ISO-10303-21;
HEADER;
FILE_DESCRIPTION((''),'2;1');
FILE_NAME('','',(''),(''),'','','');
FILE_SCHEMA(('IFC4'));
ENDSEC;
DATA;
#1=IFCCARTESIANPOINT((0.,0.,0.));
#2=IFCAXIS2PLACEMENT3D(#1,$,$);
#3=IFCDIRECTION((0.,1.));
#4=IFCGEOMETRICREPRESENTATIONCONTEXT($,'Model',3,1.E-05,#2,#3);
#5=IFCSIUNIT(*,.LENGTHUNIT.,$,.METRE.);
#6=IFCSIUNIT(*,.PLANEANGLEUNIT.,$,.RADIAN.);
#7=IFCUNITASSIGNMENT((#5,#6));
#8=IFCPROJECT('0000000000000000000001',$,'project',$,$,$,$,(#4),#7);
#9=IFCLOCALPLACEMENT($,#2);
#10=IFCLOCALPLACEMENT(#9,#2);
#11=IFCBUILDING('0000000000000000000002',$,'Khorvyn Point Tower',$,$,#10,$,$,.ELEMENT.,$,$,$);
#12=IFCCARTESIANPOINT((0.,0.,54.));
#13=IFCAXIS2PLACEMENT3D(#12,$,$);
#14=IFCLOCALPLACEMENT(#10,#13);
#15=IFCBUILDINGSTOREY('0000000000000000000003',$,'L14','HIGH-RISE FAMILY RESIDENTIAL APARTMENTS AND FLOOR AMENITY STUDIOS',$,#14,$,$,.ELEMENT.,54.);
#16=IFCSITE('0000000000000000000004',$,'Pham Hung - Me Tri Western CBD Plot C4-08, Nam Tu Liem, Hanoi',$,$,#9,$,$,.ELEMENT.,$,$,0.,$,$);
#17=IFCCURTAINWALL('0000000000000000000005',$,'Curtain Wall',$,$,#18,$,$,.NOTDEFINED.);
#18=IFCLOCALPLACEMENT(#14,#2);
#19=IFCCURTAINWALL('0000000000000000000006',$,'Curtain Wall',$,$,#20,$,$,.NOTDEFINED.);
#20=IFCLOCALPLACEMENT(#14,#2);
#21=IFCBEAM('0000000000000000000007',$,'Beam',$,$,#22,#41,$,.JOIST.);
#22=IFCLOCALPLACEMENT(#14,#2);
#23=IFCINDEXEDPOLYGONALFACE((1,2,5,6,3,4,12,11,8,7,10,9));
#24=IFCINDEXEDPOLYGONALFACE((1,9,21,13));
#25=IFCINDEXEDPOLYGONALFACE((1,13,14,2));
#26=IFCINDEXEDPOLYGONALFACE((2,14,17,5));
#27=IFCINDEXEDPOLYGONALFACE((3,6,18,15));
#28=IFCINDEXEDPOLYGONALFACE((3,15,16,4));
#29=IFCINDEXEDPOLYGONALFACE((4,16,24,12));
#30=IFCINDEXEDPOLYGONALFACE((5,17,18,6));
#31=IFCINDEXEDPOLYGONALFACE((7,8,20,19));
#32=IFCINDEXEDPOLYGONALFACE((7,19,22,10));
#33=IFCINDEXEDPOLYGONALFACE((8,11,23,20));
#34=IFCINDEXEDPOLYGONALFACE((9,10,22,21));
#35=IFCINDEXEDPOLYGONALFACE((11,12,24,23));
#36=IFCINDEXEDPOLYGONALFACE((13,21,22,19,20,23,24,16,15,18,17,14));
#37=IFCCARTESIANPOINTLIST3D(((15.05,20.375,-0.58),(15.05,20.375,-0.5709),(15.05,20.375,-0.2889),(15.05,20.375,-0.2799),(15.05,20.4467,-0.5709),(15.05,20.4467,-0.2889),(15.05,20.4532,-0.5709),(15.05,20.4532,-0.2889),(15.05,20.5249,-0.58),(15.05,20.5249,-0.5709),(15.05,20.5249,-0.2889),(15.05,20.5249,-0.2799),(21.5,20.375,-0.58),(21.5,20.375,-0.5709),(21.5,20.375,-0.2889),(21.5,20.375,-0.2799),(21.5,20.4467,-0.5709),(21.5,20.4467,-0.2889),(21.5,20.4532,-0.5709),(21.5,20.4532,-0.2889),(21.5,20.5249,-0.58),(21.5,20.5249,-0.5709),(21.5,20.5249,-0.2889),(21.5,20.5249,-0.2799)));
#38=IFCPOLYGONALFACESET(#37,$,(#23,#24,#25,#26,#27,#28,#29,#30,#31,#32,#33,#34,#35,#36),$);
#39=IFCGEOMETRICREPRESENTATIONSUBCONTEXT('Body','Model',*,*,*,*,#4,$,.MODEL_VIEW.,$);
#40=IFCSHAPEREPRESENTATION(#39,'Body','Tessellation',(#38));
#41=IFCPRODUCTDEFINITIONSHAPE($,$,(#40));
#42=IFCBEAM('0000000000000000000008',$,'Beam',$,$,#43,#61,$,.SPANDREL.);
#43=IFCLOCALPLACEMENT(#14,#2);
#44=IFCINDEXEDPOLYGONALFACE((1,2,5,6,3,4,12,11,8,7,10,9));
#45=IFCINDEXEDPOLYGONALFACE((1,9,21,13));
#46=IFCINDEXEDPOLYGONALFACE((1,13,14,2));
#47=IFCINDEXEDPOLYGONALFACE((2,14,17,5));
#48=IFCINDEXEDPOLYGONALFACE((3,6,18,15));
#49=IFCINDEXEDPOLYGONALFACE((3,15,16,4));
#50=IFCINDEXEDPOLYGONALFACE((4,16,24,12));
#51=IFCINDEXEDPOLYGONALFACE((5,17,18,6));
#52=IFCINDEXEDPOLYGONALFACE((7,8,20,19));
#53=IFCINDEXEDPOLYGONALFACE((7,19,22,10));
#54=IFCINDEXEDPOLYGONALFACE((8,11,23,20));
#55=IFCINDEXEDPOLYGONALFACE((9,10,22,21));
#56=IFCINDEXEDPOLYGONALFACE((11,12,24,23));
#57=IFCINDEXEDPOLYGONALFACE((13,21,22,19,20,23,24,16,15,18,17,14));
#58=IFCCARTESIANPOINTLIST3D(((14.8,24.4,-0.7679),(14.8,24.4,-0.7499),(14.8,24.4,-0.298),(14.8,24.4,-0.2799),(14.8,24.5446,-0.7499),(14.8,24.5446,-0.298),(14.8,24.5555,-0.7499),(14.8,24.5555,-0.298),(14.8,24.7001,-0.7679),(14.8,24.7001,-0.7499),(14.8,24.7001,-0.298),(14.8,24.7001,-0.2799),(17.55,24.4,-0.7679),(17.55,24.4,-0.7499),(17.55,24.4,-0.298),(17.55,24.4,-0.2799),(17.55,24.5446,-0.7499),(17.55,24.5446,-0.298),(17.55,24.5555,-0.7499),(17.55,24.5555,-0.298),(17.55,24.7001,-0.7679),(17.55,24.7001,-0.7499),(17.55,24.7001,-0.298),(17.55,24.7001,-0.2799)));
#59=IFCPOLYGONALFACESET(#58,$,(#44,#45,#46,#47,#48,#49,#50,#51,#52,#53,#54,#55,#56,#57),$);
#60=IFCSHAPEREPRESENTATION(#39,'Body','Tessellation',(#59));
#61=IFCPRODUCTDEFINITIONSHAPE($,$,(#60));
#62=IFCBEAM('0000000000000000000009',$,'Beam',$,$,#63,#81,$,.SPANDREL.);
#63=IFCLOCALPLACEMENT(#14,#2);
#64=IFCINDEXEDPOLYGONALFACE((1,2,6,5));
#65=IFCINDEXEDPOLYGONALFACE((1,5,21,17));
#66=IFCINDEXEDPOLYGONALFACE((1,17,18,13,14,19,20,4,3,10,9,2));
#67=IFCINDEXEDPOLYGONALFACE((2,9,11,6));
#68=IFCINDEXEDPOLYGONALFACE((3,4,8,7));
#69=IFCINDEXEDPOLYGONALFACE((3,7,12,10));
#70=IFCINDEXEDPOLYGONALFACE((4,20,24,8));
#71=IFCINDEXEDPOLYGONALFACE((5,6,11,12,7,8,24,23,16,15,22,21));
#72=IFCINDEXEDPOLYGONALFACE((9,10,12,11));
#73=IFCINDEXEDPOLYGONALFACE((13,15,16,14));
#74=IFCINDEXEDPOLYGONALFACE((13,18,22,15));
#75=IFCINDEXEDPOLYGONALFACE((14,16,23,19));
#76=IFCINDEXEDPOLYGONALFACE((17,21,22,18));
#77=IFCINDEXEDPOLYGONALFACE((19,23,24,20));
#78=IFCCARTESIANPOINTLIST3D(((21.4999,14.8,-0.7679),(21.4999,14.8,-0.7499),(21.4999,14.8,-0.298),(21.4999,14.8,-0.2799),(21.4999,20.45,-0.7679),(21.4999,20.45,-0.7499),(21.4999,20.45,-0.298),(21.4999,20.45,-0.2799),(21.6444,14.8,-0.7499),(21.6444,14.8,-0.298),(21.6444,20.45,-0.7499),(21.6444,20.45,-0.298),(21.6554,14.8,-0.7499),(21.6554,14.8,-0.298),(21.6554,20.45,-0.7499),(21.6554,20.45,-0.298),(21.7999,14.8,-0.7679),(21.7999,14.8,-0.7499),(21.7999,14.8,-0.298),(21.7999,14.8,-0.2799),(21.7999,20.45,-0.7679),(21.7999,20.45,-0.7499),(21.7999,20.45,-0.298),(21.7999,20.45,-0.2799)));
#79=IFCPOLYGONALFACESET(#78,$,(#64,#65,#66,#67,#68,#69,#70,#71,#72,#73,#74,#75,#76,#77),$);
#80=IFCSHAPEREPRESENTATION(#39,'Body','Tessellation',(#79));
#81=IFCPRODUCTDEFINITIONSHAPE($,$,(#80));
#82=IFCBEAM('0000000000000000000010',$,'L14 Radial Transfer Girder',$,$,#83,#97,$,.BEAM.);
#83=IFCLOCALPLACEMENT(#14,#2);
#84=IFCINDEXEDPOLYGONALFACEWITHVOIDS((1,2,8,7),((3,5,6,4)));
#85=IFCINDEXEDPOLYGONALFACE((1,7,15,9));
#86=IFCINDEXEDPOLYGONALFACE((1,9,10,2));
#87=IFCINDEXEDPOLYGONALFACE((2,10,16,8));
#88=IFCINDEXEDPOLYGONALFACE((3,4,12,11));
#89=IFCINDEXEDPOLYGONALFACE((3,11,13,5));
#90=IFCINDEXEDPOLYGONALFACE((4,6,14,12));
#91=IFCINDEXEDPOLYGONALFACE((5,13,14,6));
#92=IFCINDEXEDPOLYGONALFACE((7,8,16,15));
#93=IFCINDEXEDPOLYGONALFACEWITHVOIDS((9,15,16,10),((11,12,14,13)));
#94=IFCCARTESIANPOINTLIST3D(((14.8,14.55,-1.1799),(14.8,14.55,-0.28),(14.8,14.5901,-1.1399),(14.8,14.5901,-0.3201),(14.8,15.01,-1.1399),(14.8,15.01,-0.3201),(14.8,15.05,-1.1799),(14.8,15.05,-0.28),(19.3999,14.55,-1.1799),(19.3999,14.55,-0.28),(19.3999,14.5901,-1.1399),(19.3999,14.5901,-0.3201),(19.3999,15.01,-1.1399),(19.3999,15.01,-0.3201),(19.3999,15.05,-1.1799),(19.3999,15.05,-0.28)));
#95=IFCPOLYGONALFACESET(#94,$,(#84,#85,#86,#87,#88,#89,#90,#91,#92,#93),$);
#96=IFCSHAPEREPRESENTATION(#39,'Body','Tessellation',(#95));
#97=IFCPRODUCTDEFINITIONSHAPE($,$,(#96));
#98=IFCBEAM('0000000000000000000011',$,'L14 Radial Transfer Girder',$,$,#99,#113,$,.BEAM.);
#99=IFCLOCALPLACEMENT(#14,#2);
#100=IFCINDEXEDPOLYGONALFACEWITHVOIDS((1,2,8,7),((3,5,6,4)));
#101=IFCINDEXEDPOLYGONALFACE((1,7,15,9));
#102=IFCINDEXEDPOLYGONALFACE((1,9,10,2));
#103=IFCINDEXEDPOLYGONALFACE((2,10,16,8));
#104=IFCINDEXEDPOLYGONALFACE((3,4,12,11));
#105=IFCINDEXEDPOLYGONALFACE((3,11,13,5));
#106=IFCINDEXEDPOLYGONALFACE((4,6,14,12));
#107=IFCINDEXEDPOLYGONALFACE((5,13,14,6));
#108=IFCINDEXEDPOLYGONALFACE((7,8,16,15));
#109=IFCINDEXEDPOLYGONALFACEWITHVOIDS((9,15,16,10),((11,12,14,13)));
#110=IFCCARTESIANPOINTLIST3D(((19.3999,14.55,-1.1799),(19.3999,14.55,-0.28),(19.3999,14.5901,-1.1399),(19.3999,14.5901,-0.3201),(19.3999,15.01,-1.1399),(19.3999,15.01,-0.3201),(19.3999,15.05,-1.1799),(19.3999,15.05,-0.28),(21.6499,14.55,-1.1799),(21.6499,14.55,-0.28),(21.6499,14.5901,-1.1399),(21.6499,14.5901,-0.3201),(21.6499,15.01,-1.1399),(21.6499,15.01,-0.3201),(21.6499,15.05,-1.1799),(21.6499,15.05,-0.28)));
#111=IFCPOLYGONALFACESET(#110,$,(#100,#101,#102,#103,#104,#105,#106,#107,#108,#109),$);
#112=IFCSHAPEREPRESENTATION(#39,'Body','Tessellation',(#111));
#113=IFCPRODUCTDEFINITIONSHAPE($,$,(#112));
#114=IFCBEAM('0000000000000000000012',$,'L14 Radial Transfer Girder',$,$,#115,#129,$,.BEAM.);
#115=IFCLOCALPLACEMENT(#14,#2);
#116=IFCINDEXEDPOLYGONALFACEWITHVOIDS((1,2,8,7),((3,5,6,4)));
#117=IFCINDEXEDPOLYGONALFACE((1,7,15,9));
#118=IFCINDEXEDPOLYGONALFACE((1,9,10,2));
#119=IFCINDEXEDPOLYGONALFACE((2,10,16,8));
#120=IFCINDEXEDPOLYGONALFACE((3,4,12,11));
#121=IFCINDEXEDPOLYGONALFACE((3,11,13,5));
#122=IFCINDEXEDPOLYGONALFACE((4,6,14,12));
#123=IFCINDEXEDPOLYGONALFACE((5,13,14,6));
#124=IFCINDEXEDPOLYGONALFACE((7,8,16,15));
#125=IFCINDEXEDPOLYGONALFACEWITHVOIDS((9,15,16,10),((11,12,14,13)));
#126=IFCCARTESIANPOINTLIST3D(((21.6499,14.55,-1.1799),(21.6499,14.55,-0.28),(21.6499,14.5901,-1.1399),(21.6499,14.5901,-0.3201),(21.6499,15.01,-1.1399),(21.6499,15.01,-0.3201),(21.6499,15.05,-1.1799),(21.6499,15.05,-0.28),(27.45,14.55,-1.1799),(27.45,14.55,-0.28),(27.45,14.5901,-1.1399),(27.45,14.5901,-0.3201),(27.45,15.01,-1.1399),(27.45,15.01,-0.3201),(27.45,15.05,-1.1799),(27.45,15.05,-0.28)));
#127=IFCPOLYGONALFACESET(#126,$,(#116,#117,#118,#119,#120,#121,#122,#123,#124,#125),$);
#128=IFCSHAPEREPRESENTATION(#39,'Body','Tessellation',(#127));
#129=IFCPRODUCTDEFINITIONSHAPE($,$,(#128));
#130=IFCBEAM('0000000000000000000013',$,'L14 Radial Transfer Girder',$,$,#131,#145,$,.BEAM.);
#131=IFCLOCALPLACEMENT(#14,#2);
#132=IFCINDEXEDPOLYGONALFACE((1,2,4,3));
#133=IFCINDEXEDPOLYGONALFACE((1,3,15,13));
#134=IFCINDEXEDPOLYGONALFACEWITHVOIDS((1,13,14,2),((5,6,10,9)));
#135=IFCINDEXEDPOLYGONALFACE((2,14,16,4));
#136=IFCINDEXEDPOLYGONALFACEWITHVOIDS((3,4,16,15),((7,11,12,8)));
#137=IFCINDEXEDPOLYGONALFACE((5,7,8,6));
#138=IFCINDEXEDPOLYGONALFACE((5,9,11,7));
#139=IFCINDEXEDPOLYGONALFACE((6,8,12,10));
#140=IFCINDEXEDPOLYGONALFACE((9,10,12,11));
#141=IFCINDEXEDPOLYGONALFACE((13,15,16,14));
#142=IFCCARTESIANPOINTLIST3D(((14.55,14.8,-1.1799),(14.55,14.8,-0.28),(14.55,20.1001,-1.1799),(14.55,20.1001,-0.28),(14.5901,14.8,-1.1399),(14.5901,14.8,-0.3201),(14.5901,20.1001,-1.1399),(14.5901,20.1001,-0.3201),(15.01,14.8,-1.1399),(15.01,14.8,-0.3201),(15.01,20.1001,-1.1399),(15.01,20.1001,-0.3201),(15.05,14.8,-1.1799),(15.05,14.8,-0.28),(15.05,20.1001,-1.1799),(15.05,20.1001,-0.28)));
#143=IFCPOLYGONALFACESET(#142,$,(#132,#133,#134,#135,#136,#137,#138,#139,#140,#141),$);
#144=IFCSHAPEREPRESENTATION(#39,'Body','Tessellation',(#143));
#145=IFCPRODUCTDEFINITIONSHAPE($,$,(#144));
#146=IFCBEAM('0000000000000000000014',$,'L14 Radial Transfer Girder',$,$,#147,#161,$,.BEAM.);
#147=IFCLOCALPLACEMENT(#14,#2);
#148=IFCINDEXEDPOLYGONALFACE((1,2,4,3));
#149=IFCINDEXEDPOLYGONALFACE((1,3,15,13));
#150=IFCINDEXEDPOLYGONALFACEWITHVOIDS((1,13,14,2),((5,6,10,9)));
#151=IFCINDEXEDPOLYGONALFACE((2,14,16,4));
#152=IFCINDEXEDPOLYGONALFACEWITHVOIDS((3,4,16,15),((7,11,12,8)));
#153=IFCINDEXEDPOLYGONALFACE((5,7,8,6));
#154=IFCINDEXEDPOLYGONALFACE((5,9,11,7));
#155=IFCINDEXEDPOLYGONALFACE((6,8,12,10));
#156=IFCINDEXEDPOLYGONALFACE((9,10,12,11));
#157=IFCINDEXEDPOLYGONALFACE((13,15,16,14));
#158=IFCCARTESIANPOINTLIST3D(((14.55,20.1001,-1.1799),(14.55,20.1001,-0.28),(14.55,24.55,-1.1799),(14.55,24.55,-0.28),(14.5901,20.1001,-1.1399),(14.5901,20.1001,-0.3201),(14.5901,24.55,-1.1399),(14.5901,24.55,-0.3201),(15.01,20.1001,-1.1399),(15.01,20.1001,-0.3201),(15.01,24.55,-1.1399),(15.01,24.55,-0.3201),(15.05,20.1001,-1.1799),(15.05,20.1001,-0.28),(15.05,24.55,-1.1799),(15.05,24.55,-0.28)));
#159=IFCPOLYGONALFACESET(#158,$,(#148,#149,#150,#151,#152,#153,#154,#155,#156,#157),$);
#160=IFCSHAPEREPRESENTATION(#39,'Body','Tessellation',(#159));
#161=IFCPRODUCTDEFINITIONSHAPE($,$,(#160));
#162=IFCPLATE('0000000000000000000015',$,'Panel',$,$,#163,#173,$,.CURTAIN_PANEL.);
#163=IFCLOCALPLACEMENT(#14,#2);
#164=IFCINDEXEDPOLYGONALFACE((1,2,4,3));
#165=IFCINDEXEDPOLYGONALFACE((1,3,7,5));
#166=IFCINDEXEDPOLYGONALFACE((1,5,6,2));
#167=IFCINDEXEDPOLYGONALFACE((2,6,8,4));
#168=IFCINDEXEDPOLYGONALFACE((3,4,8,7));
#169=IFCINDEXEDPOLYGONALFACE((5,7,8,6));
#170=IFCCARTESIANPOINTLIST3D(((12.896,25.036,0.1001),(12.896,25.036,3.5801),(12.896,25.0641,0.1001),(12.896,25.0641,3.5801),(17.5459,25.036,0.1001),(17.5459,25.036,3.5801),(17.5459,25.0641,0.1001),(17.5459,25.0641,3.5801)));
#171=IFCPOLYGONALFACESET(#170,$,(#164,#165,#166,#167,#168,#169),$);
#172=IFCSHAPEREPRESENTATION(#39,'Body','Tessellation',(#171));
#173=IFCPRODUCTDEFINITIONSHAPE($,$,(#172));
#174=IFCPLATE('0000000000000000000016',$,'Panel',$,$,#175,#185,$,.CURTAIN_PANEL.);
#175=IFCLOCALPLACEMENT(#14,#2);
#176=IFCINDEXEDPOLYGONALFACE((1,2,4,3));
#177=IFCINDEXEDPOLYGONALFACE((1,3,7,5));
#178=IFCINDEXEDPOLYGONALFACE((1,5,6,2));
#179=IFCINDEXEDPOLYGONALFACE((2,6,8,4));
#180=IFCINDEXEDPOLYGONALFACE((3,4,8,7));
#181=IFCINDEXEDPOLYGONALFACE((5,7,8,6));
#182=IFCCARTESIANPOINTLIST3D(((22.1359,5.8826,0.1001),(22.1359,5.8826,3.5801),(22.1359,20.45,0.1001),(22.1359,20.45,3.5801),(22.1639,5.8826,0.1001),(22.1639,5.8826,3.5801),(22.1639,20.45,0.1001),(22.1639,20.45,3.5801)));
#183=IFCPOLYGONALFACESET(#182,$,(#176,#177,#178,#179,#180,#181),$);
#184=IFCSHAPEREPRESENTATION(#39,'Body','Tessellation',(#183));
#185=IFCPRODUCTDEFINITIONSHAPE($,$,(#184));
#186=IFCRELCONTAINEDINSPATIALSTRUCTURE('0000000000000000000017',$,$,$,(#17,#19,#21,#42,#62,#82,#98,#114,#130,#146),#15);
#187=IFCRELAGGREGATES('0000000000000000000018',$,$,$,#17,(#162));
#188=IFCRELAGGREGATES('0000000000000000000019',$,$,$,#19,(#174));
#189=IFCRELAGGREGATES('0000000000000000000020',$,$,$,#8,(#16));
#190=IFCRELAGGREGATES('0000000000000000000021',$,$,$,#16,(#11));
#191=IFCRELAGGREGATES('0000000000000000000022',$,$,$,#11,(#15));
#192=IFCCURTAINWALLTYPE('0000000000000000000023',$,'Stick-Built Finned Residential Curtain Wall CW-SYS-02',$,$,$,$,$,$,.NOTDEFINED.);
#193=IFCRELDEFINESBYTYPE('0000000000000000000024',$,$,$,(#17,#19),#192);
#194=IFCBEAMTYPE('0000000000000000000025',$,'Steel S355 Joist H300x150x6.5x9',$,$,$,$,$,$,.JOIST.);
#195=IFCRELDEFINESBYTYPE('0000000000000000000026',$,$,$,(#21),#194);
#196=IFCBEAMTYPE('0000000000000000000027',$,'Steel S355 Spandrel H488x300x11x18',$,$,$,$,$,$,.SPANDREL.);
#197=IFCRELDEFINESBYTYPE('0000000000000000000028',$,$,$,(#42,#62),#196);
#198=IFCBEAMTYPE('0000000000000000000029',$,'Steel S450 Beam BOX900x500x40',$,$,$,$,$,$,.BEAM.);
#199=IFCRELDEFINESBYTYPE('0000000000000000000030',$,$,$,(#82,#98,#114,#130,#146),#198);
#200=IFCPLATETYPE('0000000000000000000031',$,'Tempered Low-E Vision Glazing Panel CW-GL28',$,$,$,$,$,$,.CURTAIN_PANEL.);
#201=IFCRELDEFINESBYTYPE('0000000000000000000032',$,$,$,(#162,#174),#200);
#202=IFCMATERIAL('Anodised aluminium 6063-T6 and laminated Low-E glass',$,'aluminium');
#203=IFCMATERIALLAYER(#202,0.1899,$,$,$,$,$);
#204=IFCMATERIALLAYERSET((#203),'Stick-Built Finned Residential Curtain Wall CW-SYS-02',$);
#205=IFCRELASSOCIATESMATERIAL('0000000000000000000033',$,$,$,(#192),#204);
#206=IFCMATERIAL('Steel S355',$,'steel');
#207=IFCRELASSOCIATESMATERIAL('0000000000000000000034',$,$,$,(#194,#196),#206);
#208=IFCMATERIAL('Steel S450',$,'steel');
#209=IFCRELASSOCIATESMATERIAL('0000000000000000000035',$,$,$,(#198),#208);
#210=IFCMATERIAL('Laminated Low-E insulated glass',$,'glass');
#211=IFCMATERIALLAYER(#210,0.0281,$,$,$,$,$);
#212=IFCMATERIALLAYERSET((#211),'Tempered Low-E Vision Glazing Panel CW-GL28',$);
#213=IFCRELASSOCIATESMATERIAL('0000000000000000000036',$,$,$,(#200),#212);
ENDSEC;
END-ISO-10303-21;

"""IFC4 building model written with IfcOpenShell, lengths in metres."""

from ifc_helpers import new_model, si_unit, direction, frame, origin, origin_2d, place, context, subcontext, project, spatial, rectangle, hollow_rectangle, i_section, extrude, material, layer, layer_set, material_profile, profile_set, type_object, element, aggregate, save


model = new_model("IFC4")

# Units and contexts
model_context = context("Model", 3, precision=1e-05, world=origin(), true_north=direction((0.0, 1.0)))
body_context = subcontext(model_context, "Body", "Model", "MODEL_VIEW")
ifc_project = project(units=[si_unit("LENGTHUNIT", "METRE"), si_unit("PLANEANGLEUNIT", "RADIAN")], contexts=[model_context])

# Site, building, storey
site_placement = place(None, origin())
site = spatial("IfcSite", under=ifc_project, at=site_placement, Name="Pham Hung - Me Tri Western CBD Plot C4-08, Nam Tu Liem, Hanoi", CompositionType="ELEMENT", RefElevation=0.0)
building_placement = place(site_placement, origin())
building = spatial("IfcBuilding", under=site, at=building_placement, Name="Khorvyn Point Tower", CompositionType="ELEMENT")
storey_placement = place(building_placement, frame((0.0, 0.0, 54.0)))
storey = spatial("IfcBuildingStorey", under=building, at=storey_placement, Name="L14", Description="HIGH-RISE FAMILY RESIDENTIAL APARTMENTS AND FLOOR AMENITY STUDIOS", CompositionType="ELEMENT", Elevation=54.0)

# Shared definitions
ifc_material_1 = material(Name="Steel S450", Category="steel")

# Curtain wall
ifc_material_2 = material(Name="Anodised aluminium 6063-T6 and laminated Low-E glass", Category="aluminium")
ifc_layer_1 = layer(ifc_material_2, 0.1899)
ifc_layer_set_1 = layer_set([ifc_layer_1], Name="Stick-Built Finned Residential Curtain Wall CW-SYS-02")
curtain_wall_type = type_object("IfcCurtainWallType", Name="Stick-Built Finned Residential Curtain Wall CW-SYS-02", PredefinedType="NOTDEFINED", material=ifc_layer_set_1)
curtain_wall_1_placement = place(storey_placement, origin())
curtain_wall_1 = element("IfcCurtainWall", 1, at=curtain_wall_1_placement, inside=storey, type_object=curtain_wall_type, Name="Curtain Wall", PredefinedType="NOTDEFINED")

# Curtain wall
curtain_wall_2_placement = place(storey_placement, origin())
curtain_wall_2 = element("IfcCurtainWall", 2, at=curtain_wall_2_placement, inside=storey, type_object=curtain_wall_type, Name="Curtain Wall", PredefinedType="NOTDEFINED")

# Beams
ifc_material_3 = material(Name="Steel S355", Category="steel")
ifc_material_profile_1 = material_profile(ifc_material_3, i_section(OverallWidth=0.1499, OverallDepth=0.3, WebThickness=0.0066, FlangeThickness=0.009, at=origin_2d()))
ifc_profile_set_1 = profile_set([ifc_material_profile_1], Name="Steel S355 H300x150x6.5x9")
beam_type_1 = type_object("IfcBeamType", Name="Steel S355 Joist H300x150x6.5x9", PredefinedType="JOIST", material=ifc_profile_set_1)
beam_1_placement = place(storey_placement, frame((15.05, 20.45, -0.4299), z_axis=(1.0, 0.0, 0.0), x_axis=(0.0, 1.0, 0.0)))
element("IfcBeam", 3, at=beam_1_placement, inside=storey, type_object=beam_type_1, Name="Beam", PredefinedType="JOIST", context=body_context, shape_type="SweptSolid", body=[
    extrude(i_section(OverallWidth=0.1499, OverallDepth=0.3, WebThickness=0.0066, FlangeThickness=0.009, at=origin_2d()), origin(), (0.0, 0.0, 1.0), 6.45),
])
ifc_material_profile_2 = material_profile(ifc_material_3, i_section(OverallWidth=0.3, OverallDepth=0.488, WebThickness=0.011, FlangeThickness=0.0181, at=origin_2d()))
ifc_profile_set_2 = profile_set([ifc_material_profile_2], Name="Steel S355 H488x300x11x18")
beam_type_2 = type_object("IfcBeamType", Name="Steel S355 Spandrel H488x300x11x18", PredefinedType="SPANDREL", material=ifc_profile_set_2)
beam_2_placement = place(storey_placement, frame((14.8, 24.55, -0.5239), z_axis=(1.0, 0.0, 0.0), x_axis=(0.0, 1.0, 0.0)))
element("IfcBeam", 4, at=beam_2_placement, inside=storey, type_object=beam_type_2, Name="Beam", PredefinedType="SPANDREL", context=body_context, shape_type="SweptSolid", body=[
    extrude(i_section(OverallWidth=0.3, OverallDepth=0.488, WebThickness=0.011, FlangeThickness=0.0181, at=origin_2d()), origin(), (0.0, 0.0, 1.0), 2.75),
])
beam_3_placement = place(storey_placement, frame((21.6499, 14.8, -0.5239), z_axis=(0.0, 1.0, 0.0), x_axis=(-1.0, 0.0, 0.0)))
element("IfcBeam", 5, at=beam_3_placement, inside=storey, type_object=beam_type_2, Name="Beam", PredefinedType="SPANDREL", context=body_context, shape_type="SweptSolid", body=[
    extrude(i_section(OverallWidth=0.3, OverallDepth=0.488, WebThickness=0.011, FlangeThickness=0.0181, at=origin_2d()), origin(), (0.0, 0.0, 1.0), 5.6499),
])
ifc_material_profile_3 = material_profile(ifc_material_1, hollow_rectangle(XDim=0.5, YDim=0.8999, WallThickness=0.04, at=origin_2d()))
ifc_profile_set_3 = profile_set([ifc_material_profile_3], Name="Steel S450 BOX900x500x40")
beam_type_3 = type_object("IfcBeamType", Name="Steel S450 Beam BOX900x500x40", PredefinedType="BEAM", material=ifc_profile_set_3)
beam_4_placement = place(storey_placement, frame((14.8, 14.8, -0.73), z_axis=(1.0, 0.0, 0.0), x_axis=(0.0, 1.0, 0.0)))
element("IfcBeam", 6, at=beam_4_placement, inside=storey, type_object=beam_type_3, Name="L14 Radial Transfer Girder", PredefinedType="BEAM", context=body_context, shape_type="SweptSolid", body=[
    extrude(hollow_rectangle(XDim=0.5, YDim=0.8999, WallThickness=0.04, at=origin_2d()), origin(), (0.0, 0.0, 1.0), 4.5999),
])
beam_5_placement = place(storey_placement, frame((19.3999, 14.8, -0.73), z_axis=(1.0, 0.0, 0.0), x_axis=(0.0, 1.0, 0.0)))
element("IfcBeam", 7, at=beam_5_placement, inside=storey, type_object=beam_type_3, Name="L14 Radial Transfer Girder", PredefinedType="BEAM", context=body_context, shape_type="SweptSolid", body=[
    extrude(hollow_rectangle(XDim=0.5, YDim=0.8999, WallThickness=0.04, at=origin_2d()), origin(), (0.0, 0.0, 1.0), 2.25),
])
beam_6_placement = place(storey_placement, frame((21.6499, 14.8, -0.73), z_axis=(1.0, 0.0, 0.0), x_axis=(0.0, 1.0, 0.0)))
element("IfcBeam", 8, at=beam_6_placement, inside=storey, type_object=beam_type_3, Name="L14 Radial Transfer Girder", PredefinedType="BEAM", context=body_context, shape_type="SweptSolid", body=[
    extrude(hollow_rectangle(XDim=0.5, YDim=0.8999, WallThickness=0.04, at=origin_2d()), origin(), (0.0, 0.0, 1.0), 5.8),
])
beam_7_placement = place(storey_placement, frame((14.8, 14.8, -0.73), z_axis=(0.0, 1.0, 0.0), x_axis=(-1.0, 0.0, 0.0)))
element("IfcBeam", 9, at=beam_7_placement, inside=storey, type_object=beam_type_3, Name="L14 Radial Transfer Girder", PredefinedType="BEAM", context=body_context, shape_type="SweptSolid", body=[
    extrude(hollow_rectangle(XDim=0.5, YDim=0.8999, WallThickness=0.04, at=origin_2d()), origin(), (0.0, 0.0, 1.0), 5.3),
])
beam_8_placement = place(storey_placement, frame((14.8, 20.1001, -0.73), z_axis=(0.0, 1.0, 0.0), x_axis=(-1.0, 0.0, 0.0)))
element("IfcBeam", 10, at=beam_8_placement, inside=storey, type_object=beam_type_3, Name="L14 Radial Transfer Girder", PredefinedType="BEAM", context=body_context, shape_type="SweptSolid", body=[
    extrude(hollow_rectangle(XDim=0.5, YDim=0.8999, WallThickness=0.04, at=origin_2d()), origin(), (0.0, 0.0, 1.0), 4.45),
])

# Plates
ifc_material_4 = material(Name="Laminated Low-E insulated glass", Category="glass")
ifc_layer_2 = layer(ifc_material_4, 0.0281)
ifc_layer_set_2 = layer_set([ifc_layer_2], Name="Tempered Low-E Vision Glazing Panel CW-GL28")
plate_type = type_object("IfcPlateType", Name="Tempered Low-E Vision Glazing Panel CW-GL28", PredefinedType="CURTAIN_PANEL", material=ifc_layer_set_2)
plate_1_placement = place(storey_placement, frame((15.2209, 25.05, 0.1001), z_axis=(0.0, 0.0, 1.0), x_axis=(1.0, 0.0, 0.0)))
plate_1 = element("IfcPlate", 11, at=plate_1_placement, type_object=plate_type, Name="Panel", PredefinedType="CURTAIN_PANEL", context=body_context, shape_type="SweptSolid", body=[
    extrude(rectangle(XDim=4.6499, YDim=0.0281, at=origin_2d()), origin(), (0.0, 0.0, 1.0), 3.48),
])
aggregate(curtain_wall_1, [plate_1])
plate_2_placement = place(storey_placement, frame((22.1499, 13.1663, 0.1001), z_axis=(0.0, 0.0, 1.0), x_axis=(0.0, -1.0, 0.0)))
plate_2 = element("IfcPlate", 12, at=plate_2_placement, type_object=plate_type, Name="Panel", PredefinedType="CURTAIN_PANEL", context=body_context, shape_type="SweptSolid", body=[
    extrude(rectangle(XDim=14.5674, YDim=0.0281, at=origin_2d()), origin(), (0.0, 0.0, 1.0), 3.48),
])
aggregate(curtain_wall_2, [plate_2])

save(model, "model.ifc")
